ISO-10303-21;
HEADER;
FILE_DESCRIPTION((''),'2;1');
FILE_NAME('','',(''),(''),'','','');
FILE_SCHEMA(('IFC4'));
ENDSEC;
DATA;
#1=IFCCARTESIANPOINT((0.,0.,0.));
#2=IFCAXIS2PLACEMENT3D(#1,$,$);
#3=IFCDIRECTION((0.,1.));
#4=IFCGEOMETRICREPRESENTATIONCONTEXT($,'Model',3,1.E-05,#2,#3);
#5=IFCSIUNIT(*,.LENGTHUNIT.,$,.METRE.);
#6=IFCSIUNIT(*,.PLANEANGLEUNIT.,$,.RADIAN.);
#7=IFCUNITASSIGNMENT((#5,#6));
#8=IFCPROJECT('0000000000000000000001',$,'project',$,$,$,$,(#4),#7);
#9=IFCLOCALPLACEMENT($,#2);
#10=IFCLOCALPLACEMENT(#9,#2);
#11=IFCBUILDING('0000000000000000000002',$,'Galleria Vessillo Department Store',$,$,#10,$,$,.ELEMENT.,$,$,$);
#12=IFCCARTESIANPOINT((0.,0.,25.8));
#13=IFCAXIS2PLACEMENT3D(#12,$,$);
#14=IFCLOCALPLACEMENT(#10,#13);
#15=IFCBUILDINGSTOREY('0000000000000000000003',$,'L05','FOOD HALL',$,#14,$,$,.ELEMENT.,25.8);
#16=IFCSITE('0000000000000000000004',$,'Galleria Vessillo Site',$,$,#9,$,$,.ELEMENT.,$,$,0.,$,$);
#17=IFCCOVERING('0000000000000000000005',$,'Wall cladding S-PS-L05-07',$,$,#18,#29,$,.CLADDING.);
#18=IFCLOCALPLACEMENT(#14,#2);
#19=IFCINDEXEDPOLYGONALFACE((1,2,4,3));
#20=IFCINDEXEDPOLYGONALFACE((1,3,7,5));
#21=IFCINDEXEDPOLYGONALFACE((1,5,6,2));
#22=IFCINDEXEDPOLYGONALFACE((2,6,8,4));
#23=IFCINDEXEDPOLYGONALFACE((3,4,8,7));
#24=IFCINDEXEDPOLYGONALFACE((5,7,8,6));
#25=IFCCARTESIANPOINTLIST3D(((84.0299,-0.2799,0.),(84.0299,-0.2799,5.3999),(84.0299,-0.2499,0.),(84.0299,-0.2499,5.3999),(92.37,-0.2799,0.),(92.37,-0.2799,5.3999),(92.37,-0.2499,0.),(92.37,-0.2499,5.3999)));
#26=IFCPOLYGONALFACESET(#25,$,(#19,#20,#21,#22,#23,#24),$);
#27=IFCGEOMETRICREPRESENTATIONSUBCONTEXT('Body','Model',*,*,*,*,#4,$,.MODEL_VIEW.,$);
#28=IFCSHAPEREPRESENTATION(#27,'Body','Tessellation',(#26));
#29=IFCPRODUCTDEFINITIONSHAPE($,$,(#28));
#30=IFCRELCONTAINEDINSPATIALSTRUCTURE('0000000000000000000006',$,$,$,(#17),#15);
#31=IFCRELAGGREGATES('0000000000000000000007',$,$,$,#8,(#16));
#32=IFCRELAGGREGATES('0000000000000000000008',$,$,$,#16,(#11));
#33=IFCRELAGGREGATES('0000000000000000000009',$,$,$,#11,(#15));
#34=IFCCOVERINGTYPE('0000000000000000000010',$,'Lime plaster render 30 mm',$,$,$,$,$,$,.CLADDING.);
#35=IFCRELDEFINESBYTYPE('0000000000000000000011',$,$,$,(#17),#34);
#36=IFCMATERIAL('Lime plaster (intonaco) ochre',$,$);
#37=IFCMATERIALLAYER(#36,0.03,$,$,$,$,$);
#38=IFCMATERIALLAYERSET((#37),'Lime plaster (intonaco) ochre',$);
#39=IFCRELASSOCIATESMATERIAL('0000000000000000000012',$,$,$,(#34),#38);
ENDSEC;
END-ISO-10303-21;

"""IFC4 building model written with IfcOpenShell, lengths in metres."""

from ifc_helpers import new_model, si_unit, direction, frame, origin, origin_2d, place, context, subcontext, project, spatial, rectangle, extrude, material, layer, layer_set, type_object, element, save


model = new_model("IFC4")

# Units and contexts
model_context = context("Model", 3, precision=1e-05, world=origin(), true_north=direction((0.0, 1.0)))
body_context = subcontext(model_context, "Body", "Model", "MODEL_VIEW")
ifc_project = project(units=[si_unit("LENGTHUNIT", "METRE"), si_unit("PLANEANGLEUNIT", "RADIAN")], contexts=[model_context])

# Site, building, storey
site_placement = place(None, origin())
site = spatial("IfcSite", under=ifc_project, at=site_placement, Name="Galleria Vessillo Site", CompositionType="ELEMENT", RefElevation=0.0)
building_placement = place(site_placement, origin())
building = spatial("IfcBuilding", under=site, at=building_placement, Name="Galleria Vessillo Department Store", CompositionType="ELEMENT")
storey_placement = place(building_placement, frame((0.0, 0.0, 25.8)))
storey = spatial("IfcBuildingStorey", under=building, at=storey_placement, Name="L05", Description="FOOD HALL", CompositionType="ELEMENT", Elevation=25.8)

# Covering
ifc_material_1 = material(Name="Lime plaster (intonaco) ochre")
ifc_layer_1 = layer(ifc_material_1, 0.03)
ifc_layer_set_1 = layer_set([ifc_layer_1], Name="Lime plaster (intonaco) ochre")
covering_type = type_object("IfcCoveringType", Name="Lime plaster render 30 mm", PredefinedType="CLADDING", material=ifc_layer_set_1)
covering_1_placement = place(storey_placement, frame((88.2, -0.2649, 0.0), z_axis=(0.0, 0.0, 1.0), x_axis=(1.0, 0.0, 0.0)))
element("IfcCovering", 1, at=covering_1_placement, inside=storey, type_object=covering_type, Name="Wall cladding S-PS-L05-07", PredefinedType="CLADDING", context=body_context, shape_type="SweptSolid", body=[
    extrude(rectangle(XDim=8.3401, YDim=0.03, at=origin_2d()), origin(), (0.0, 0.0, 1.0), 5.3999),
])

save(model, "model.ifc")
